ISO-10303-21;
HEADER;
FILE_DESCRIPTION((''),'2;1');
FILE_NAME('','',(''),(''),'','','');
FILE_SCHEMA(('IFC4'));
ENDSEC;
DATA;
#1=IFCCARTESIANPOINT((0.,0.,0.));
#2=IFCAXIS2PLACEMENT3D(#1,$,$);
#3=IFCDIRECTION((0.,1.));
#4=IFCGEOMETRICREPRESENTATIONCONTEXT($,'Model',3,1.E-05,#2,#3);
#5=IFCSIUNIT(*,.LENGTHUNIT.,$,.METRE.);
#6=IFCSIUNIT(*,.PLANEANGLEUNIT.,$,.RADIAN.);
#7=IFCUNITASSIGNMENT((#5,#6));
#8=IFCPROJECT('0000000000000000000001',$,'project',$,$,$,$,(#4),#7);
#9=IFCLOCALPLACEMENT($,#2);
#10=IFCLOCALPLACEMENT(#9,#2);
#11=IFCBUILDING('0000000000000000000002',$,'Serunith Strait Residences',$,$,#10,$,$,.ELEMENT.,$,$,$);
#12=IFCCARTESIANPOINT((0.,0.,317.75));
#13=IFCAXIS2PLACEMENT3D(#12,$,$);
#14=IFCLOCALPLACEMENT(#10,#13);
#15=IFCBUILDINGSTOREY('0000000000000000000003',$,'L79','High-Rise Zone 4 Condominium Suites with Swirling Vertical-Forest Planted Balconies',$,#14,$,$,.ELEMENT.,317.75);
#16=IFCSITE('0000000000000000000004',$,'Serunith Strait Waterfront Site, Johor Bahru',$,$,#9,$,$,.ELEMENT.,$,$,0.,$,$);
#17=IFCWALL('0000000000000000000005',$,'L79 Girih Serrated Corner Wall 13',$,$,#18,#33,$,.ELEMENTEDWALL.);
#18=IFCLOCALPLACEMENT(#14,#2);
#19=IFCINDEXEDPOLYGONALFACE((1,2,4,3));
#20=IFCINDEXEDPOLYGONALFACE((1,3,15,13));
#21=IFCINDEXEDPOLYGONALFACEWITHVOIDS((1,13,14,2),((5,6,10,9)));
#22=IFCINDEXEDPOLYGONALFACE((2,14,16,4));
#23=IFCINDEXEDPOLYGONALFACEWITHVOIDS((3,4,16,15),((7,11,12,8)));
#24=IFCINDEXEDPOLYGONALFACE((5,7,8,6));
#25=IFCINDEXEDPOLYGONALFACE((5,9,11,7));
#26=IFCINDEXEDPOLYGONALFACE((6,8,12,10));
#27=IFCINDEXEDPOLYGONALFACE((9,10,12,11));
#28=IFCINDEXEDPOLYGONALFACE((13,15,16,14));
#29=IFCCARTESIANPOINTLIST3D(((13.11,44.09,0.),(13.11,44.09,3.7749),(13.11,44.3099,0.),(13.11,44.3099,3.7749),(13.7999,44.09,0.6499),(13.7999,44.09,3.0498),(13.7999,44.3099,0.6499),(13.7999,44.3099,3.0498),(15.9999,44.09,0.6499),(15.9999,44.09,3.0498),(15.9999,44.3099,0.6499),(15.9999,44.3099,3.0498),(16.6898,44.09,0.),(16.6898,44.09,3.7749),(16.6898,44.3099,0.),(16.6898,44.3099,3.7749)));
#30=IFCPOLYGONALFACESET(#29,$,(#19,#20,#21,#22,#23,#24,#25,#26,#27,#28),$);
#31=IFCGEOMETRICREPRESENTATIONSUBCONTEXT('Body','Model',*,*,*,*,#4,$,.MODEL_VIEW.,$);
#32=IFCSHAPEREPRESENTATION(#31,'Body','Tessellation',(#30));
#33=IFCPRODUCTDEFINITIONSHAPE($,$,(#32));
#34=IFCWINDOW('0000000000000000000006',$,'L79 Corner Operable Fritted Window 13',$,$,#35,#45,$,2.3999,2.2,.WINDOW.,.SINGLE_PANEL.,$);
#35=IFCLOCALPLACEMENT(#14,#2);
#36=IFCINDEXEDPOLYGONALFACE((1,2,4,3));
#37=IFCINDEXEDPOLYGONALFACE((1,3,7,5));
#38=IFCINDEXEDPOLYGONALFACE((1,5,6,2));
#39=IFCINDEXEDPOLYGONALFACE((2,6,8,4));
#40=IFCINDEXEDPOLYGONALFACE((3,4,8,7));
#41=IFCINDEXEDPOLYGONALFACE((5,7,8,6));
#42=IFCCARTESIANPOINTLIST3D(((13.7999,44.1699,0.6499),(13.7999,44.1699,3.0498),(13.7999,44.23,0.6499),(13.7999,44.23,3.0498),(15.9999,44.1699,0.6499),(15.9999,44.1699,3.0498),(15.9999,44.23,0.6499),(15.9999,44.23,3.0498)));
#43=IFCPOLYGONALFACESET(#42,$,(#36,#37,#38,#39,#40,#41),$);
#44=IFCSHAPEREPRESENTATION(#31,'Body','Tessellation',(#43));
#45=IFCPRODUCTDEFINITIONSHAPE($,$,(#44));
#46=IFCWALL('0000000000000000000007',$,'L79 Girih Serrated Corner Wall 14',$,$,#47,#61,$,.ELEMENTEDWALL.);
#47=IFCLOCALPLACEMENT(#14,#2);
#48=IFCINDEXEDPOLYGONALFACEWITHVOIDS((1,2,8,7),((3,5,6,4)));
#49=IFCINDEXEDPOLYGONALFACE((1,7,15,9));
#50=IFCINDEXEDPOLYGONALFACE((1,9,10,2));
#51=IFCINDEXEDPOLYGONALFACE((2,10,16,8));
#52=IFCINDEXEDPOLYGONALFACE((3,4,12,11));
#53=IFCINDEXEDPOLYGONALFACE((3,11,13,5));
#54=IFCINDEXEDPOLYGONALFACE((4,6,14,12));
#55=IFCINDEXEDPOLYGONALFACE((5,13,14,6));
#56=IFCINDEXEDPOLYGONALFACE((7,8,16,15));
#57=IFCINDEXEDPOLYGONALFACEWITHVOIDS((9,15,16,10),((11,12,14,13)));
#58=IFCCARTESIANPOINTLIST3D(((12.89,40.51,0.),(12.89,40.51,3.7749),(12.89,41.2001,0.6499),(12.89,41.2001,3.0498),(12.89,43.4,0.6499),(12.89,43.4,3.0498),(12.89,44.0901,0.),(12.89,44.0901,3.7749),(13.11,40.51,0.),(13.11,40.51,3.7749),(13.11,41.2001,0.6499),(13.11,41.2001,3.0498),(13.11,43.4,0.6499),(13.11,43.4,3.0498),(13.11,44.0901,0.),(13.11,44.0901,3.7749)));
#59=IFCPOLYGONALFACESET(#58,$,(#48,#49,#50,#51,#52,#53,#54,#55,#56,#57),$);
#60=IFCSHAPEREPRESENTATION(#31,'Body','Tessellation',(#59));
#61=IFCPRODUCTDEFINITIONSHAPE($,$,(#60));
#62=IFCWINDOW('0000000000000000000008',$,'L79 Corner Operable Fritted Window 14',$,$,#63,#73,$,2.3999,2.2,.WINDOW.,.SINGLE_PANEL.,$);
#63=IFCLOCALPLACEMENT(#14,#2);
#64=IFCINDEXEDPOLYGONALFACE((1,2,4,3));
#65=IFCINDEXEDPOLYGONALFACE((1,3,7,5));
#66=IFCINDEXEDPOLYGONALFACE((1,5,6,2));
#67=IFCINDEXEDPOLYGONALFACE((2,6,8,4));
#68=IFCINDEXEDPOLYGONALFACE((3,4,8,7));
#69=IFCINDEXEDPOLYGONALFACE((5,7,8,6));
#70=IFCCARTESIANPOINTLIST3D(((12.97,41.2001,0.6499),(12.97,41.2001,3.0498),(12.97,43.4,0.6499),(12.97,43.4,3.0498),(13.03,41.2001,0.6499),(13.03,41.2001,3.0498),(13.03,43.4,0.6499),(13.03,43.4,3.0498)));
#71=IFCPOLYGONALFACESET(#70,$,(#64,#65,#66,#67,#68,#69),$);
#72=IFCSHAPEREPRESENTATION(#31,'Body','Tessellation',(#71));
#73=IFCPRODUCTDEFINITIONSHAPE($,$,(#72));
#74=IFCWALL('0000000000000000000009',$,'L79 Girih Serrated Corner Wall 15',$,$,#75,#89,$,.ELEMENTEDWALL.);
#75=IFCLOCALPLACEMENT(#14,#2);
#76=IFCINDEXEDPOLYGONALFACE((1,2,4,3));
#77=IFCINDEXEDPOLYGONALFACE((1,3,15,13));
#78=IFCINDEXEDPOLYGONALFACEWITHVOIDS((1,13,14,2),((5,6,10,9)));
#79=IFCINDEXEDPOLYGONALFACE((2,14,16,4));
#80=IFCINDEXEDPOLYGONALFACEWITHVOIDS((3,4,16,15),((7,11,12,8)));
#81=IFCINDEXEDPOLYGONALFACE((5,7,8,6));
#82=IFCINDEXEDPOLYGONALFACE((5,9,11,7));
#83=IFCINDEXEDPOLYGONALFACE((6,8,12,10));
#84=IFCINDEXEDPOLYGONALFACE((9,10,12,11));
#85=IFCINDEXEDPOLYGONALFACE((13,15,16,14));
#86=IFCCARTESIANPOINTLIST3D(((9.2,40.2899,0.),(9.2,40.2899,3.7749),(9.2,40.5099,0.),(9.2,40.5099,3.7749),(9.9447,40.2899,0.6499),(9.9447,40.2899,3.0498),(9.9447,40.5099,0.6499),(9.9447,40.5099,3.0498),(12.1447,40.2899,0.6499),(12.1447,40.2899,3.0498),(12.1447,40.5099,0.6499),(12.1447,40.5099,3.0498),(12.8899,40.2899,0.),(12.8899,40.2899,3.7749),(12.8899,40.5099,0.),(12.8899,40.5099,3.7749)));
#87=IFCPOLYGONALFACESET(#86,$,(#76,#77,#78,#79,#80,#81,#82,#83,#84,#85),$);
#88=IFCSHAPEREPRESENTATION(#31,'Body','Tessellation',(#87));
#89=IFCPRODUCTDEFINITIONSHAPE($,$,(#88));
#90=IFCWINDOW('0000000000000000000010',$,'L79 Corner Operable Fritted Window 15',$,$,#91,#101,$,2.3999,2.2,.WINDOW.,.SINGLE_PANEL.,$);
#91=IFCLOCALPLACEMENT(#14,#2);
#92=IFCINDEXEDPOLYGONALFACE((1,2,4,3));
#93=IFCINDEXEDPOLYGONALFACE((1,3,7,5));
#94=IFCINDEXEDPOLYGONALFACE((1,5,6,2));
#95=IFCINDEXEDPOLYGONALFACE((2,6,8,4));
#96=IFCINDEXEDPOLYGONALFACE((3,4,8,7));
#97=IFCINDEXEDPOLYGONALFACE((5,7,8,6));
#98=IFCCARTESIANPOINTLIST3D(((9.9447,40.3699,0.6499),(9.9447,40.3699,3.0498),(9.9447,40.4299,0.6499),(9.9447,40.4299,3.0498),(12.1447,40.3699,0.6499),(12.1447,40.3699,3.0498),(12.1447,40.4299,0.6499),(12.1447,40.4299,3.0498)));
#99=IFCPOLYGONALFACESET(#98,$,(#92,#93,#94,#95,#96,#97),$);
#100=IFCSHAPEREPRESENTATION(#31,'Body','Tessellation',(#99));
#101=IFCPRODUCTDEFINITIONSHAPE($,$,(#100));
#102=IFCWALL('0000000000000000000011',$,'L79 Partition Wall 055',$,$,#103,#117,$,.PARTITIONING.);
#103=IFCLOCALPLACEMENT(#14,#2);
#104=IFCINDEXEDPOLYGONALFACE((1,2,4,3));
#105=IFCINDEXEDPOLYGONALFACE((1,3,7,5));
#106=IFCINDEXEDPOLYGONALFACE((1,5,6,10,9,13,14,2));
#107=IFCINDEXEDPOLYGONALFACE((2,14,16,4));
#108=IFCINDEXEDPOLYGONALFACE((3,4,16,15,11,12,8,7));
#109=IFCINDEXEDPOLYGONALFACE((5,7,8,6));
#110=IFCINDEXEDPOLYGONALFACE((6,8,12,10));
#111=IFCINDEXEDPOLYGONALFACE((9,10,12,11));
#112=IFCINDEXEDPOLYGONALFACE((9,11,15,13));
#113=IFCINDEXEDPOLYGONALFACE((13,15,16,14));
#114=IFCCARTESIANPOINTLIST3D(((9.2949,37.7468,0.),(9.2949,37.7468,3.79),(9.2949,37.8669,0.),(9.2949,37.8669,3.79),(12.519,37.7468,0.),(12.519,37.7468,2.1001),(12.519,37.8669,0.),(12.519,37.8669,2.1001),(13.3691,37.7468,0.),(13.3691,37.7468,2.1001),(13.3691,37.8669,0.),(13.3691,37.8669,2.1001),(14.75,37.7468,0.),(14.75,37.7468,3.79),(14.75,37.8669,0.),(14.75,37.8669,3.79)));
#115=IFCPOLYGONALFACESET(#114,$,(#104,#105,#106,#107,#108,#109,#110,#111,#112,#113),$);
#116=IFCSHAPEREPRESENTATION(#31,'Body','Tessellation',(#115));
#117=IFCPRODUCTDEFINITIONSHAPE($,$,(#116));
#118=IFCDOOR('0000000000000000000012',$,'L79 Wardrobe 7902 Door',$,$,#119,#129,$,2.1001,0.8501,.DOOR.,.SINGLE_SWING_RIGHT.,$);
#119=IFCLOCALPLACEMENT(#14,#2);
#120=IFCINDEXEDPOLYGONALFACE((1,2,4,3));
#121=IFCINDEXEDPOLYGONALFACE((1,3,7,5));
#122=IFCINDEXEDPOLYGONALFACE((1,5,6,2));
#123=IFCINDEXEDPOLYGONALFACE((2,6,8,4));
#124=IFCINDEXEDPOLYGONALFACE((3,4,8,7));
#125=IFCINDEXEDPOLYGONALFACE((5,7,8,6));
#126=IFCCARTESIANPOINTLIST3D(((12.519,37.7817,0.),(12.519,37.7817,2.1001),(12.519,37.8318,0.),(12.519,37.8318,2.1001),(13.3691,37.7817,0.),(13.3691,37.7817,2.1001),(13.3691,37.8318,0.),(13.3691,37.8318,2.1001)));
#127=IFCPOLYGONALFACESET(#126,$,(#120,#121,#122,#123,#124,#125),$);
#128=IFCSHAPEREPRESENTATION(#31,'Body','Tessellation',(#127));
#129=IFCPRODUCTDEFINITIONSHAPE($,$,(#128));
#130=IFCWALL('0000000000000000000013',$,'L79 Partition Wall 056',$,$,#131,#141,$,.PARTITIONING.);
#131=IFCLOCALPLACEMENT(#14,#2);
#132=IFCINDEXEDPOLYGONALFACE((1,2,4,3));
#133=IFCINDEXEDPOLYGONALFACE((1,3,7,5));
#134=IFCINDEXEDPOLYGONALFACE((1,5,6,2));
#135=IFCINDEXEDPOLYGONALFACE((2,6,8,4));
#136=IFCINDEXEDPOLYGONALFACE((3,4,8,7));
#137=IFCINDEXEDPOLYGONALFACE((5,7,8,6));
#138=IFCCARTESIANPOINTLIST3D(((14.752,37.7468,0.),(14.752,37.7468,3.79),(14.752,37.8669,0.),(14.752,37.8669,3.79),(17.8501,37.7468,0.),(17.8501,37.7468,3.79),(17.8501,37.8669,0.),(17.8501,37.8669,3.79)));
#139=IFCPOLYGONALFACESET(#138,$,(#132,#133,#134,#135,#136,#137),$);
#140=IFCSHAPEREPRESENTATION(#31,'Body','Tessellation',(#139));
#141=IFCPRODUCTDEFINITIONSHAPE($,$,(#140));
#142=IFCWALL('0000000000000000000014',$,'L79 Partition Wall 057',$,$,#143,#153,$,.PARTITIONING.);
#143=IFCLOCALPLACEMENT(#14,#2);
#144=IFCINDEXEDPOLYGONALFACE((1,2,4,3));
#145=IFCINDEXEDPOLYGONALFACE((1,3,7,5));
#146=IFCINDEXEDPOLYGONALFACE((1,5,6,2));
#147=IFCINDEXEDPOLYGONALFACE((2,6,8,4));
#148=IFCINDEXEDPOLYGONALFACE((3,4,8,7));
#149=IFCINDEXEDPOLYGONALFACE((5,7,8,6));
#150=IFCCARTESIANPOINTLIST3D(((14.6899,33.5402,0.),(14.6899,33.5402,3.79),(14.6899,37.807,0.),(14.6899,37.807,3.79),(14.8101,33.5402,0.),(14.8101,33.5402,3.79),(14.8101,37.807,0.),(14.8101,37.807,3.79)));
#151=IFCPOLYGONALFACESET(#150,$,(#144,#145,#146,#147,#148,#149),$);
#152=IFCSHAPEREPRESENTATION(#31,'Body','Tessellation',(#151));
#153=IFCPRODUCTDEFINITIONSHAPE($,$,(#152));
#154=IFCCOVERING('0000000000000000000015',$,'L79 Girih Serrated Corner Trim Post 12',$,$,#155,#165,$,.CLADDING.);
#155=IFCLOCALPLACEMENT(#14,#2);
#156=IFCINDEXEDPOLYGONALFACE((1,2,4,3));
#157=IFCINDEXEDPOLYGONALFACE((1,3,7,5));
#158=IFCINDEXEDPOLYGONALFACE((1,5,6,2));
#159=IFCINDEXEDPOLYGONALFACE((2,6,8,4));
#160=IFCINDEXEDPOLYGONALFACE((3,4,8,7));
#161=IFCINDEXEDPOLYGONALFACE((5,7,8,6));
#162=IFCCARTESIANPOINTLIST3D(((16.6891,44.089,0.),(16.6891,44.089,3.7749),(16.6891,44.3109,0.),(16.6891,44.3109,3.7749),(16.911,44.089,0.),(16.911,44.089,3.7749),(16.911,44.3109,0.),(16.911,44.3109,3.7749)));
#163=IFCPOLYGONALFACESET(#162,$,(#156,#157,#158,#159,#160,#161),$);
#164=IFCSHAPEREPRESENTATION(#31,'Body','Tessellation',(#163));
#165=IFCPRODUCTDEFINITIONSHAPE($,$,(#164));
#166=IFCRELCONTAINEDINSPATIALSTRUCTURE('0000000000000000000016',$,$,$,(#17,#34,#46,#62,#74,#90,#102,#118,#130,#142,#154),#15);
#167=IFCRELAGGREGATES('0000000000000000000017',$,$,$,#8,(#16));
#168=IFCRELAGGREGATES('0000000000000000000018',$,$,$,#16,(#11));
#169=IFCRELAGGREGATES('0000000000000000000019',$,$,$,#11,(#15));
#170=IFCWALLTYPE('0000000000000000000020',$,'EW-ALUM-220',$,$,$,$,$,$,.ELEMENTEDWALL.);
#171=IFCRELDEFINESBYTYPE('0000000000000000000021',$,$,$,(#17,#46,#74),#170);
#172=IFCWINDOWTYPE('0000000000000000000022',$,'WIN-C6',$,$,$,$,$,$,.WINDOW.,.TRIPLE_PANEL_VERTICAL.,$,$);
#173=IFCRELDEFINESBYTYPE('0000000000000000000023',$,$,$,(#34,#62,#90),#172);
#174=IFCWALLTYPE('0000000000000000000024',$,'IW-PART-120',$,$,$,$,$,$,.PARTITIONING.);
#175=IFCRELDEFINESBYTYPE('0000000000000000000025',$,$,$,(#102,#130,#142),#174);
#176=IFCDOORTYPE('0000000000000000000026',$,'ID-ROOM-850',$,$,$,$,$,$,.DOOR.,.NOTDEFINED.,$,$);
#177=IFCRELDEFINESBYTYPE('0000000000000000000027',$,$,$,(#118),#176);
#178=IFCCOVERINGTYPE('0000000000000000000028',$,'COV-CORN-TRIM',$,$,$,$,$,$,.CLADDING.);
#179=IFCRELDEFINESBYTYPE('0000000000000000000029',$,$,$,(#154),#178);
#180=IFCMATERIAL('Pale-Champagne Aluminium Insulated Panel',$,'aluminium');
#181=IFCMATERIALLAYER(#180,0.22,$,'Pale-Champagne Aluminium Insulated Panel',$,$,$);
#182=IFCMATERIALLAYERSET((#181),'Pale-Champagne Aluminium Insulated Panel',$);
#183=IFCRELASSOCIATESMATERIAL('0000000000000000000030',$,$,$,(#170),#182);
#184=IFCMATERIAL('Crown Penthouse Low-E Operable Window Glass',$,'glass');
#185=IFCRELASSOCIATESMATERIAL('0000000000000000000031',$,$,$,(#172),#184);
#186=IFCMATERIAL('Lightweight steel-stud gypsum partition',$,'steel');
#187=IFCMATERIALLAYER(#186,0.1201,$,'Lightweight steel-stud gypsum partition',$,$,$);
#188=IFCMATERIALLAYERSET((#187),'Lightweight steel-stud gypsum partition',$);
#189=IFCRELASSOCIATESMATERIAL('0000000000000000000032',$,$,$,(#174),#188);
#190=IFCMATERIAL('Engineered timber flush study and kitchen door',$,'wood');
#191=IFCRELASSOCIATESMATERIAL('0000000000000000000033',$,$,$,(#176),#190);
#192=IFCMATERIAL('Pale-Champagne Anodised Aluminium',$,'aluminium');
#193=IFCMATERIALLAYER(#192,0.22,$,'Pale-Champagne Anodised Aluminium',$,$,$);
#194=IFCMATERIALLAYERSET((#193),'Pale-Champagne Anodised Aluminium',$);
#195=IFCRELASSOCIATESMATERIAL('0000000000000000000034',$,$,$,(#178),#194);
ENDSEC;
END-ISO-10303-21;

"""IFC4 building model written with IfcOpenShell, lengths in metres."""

from ifc_helpers import new_model, si_unit, direction, frame, frame_2d, origin, origin_2d, place, context, subcontext, project, spatial, rectangle, extrude, source, transform, mapped, material, layer, layer_set, type_object, element, fill, save


model = new_model("IFC4")

# Units and contexts
model_context = context("Model", 3, precision=1e-05, world=origin(), true_north=direction((0.0, 1.0)))
body_context = subcontext(model_context, "Body", "Model", "MODEL_VIEW")
ifc_project = project(units=[si_unit("LENGTHUNIT", "METRE"), si_unit("PLANEANGLEUNIT", "RADIAN")], contexts=[model_context])

# Site, building, storey
site_placement = place(None, origin())
site = spatial("IfcSite", under=ifc_project, at=site_placement, Name="Serunith Strait Waterfront Site, Johor Bahru", CompositionType="ELEMENT", RefElevation=0.0)
building_placement = place(site_placement, origin())
building = spatial("IfcBuilding", under=site, at=building_placement, Name="Serunith Strait Residences", CompositionType="ELEMENT")
storey_placement = place(building_placement, frame((0.0, 0.0, 317.75)))
storey = spatial("IfcBuildingStorey", under=building, at=storey_placement, Name="L79", Description="High-Rise Zone 4 Condominium Suites with Swirling Vertical-Forest Planted Balconies", CompositionType="ELEMENT", Elevation=317.75)

# Walls, openings, windows
ifc_material_1 = material(Name="Pale-Champagne Aluminium Insulated Panel", Category="aluminium")
ifc_layer_1 = layer(ifc_material_1, 0.22, Name="Pale-Champagne Aluminium Insulated Panel")
ifc_layer_set_1 = layer_set([ifc_layer_1], Name="Pale-Champagne Aluminium Insulated Panel")
wall_type_1 = type_object("IfcWallType", Name="EW-ALUM-220", PredefinedType="ELEMENTEDWALL", material=ifc_layer_set_1)
ifc_material_2 = material(Name="Crown Penthouse Low-E Operable Window Glass", Category="glass")
window_type = type_object("IfcWindowType", Name="WIN-C6", PartitioningType="TRIPLE_PANEL_VERTICAL", PredefinedType="WINDOW", material=ifc_material_2)
shared_shape_1 = source(origin(), body_context, "Body", "SweptSolid", [
    extrude(rectangle(XDim=2.2, YDim=2.3999, at=frame_2d((1.1001, 1.2))), frame((0.0, 0.03, 0.0), z_axis=(0.0, -1.0, 0.0), x_axis=(1.0, 0.0, 0.0)), (0.0, 0.0, 1.0), 0.0601),
])
wall_1_placement = place(storey_placement, frame((16.6899, 44.2, 0.0), z_axis=(0.0, 0.0, 1.0), x_axis=(-1.0, 0.0, 0.0)))
wall_1 = element("IfcWall", 1, at=wall_1_placement, inside=storey, type_object=wall_type_1, Name="L79 Girih Serrated Corner Wall 13", PredefinedType="ELEMENTEDWALL", context=body_context, shape_type="SweptSolid", body=[
    extrude(rectangle(XDim=3.5798, YDim=0.22, at=frame_2d((1.79, 0.0))), origin(), (0.0, 0.0, 1.0), 3.7749),
])
opening_1_placement = place(wall_1_placement, frame((0.6899, 0.0, 0.6499)))
opening_1 = element("IfcOpeningElement", 2, at=opening_1_placement, cuts=wall_1, PredefinedType="OPENING", context=body_context, shape_type="SweptSolid", body=[
    extrude(rectangle(XDim=2.2, YDim=2.3999, at=frame_2d((1.1001, 1.2))), frame((0.0, 0.1201, 0.0), z_axis=(0.0, -1.0, 0.0), x_axis=(1.0, 0.0, 0.0)), (0.0, 0.0, 1.0), 0.24),
])
window_1_placement = place(opening_1_placement, origin())
window_1 = element("IfcWindow", 3, at=window_1_placement, inside=storey, type_object=window_type, Name="L79 Corner Operable Fritted Window 13", OverallHeight=2.3999, OverallWidth=2.2, PartitioningType="SINGLE_PANEL", PredefinedType="WINDOW", context=body_context, shape_type="MappedRepresentation", body=[
    mapped(shared_shape_1, transform((0.0, 0.0, 0.0), scale=1.0)),
])
fill(opening_1, window_1)
wall_2_placement = place(storey_placement, frame((13.0, 44.0901, 0.0), z_axis=(0.0, 0.0, 1.0), x_axis=(0.0, -1.0, 0.0)))
wall_2 = element("IfcWall", 4, at=wall_2_placement, inside=storey, type_object=wall_type_1, Name="L79 Girih Serrated Corner Wall 14", PredefinedType="ELEMENTEDWALL", context=body_context, shape_type="SweptSolid", body=[
    extrude(rectangle(XDim=3.5801, YDim=0.22, at=frame_2d((1.79, 0.0))), origin(), (0.0, 0.0, 1.0), 3.7749),
])
opening_2_placement = place(wall_2_placement, frame((0.6899, 0.0, 0.6499)))
opening_2 = element("IfcOpeningElement", 5, at=opening_2_placement, cuts=wall_2, PredefinedType="OPENING", context=body_context, shape_type="SweptSolid", body=[
    extrude(rectangle(XDim=2.2, YDim=2.3999, at=frame_2d((1.1001, 1.2))), frame((0.0, 0.1201, 0.0), z_axis=(0.0, -1.0, 0.0), x_axis=(1.0, 0.0, 0.0)), (0.0, 0.0, 1.0), 0.24),
])
window_2_placement = place(opening_2_placement, origin())
window_2 = element("IfcWindow", 6, at=window_2_placement, inside=storey, type_object=window_type, Name="L79 Corner Operable Fritted Window 14", OverallHeight=2.3999, OverallWidth=2.2, PartitioningType="SINGLE_PANEL", PredefinedType="WINDOW", context=body_context, shape_type="MappedRepresentation", body=[
    mapped(shared_shape_1, transform((0.0, 0.0, 0.0), scale=1.0)),
])
fill(opening_2, window_2)
wall_3_placement = place(storey_placement, frame((12.8899, 40.3999, 0.0), z_axis=(0.0, 0.0, 1.0), x_axis=(-1.0, 0.0, 0.0)))
wall_3 = element("IfcWall", 7, at=wall_3_placement, inside=storey, type_object=wall_type_1, Name="L79 Girih Serrated Corner Wall 15", PredefinedType="ELEMENTEDWALL", context=body_context, shape_type="SweptSolid", body=[
    extrude(rectangle(XDim=3.6899, YDim=0.22, at=frame_2d((1.845, 0.0))), origin(), (0.0, 0.0, 1.0), 3.7749),
])
opening_3_placement = place(wall_3_placement, frame((0.7451, 0.0, 0.6499)))
opening_3 = element("IfcOpeningElement", 8, at=opening_3_placement, cuts=wall_3, PredefinedType="OPENING", context=body_context, shape_type="SweptSolid", body=[
    extrude(rectangle(XDim=2.2, YDim=2.3999, at=frame_2d((1.1001, 1.2))), frame((0.0, 0.1201, 0.0), z_axis=(0.0, -1.0, 0.0), x_axis=(1.0, 0.0, 0.0)), (0.0, 0.0, 1.0), 0.24),
])
window_3_placement = place(opening_3_placement, origin())
window_3 = element("IfcWindow", 9, at=window_3_placement, inside=storey, type_object=window_type, Name="L79 Corner Operable Fritted Window 15", OverallHeight=2.3999, OverallWidth=2.2, PartitioningType="SINGLE_PANEL", PredefinedType="WINDOW", context=body_context, shape_type="MappedRepresentation", body=[
    mapped(shared_shape_1, transform((0.0, 0.0, 0.0), scale=1.0)),
])
fill(opening_3, window_3)

# Wall, opening, door
ifc_material_3 = material(Name="Lightweight steel-stud gypsum partition", Category="steel")
ifc_layer_2 = layer(ifc_material_3, 0.1201, Name="Lightweight steel-stud gypsum partition")
ifc_layer_set_2 = layer_set([ifc_layer_2], Name="Lightweight steel-stud gypsum partition")
wall_type_2 = type_object("IfcWallType", Name="IW-PART-120", PredefinedType="PARTITIONING", material=ifc_layer_set_2)
wall_4_placement = place(storey_placement, frame((9.2949, 37.8069, 0.0), z_axis=(0.0, 0.0, 1.0), x_axis=(1.0, 0.0, 0.0)))
wall_4 = element("IfcWall", 10, at=wall_4_placement, inside=storey, type_object=wall_type_2, Name="L79 Partition Wall 055", PredefinedType="PARTITIONING", context=body_context, shape_type="SweptSolid", body=[
    extrude(rectangle(XDim=5.4551, YDim=0.1201, at=frame_2d((2.7275, 0.0))), origin(), (0.0, 0.0, 1.0), 3.79),
])
opening_4_placement = place(wall_4_placement, frame((3.2241, 0.0, 0.0)))
opening_4 = element("IfcOpeningElement", 11, at=opening_4_placement, cuts=wall_4, PredefinedType="OPENING", context=body_context, shape_type="SweptSolid", body=[
    extrude(rectangle(XDim=0.8501, YDim=2.1001, at=frame_2d((0.425, 1.05))), frame((0.0, 0.0701, 0.0), z_axis=(0.0, -1.0, 0.0), x_axis=(1.0, 0.0, 0.0)), (0.0, 0.0, 1.0), 0.1401),
])
ifc_material_4 = material(Name="Engineered timber flush study and kitchen door", Category="wood")
door_type = type_object("IfcDoorType", Name="ID-ROOM-850", OperationType="NOTDEFINED", PredefinedType="DOOR", material=ifc_material_4)
shared_shape_2 = source(origin(), body_context, "Body", "SweptSolid", [
    extrude(rectangle(XDim=0.8501, YDim=2.1001, at=frame_2d((0.425, 1.05))), frame((0.0, 0.0249, 0.0), z_axis=(0.0, -1.0, 0.0), x_axis=(1.0, 0.0, 0.0)), (0.0, 0.0, 1.0), 0.05),
])
door_placement = place(opening_4_placement, origin())
door = element("IfcDoor", 12, at=door_placement, inside=storey, type_object=door_type, Name="L79 Wardrobe 7902 Door", OperationType="SINGLE_SWING_RIGHT", OverallHeight=2.1001, OverallWidth=0.8501, PredefinedType="DOOR", context=body_context, shape_type="MappedRepresentation", body=[
    mapped(shared_shape_2, transform((0.0, 0.0, 0.0), scale=1.0)),
])
fill(opening_4, door)

# Walls
wall_5_placement = place(storey_placement, frame((14.752, 37.8069, 0.0), z_axis=(0.0, 0.0, 1.0), x_axis=(1.0, 0.0, 0.0)))
element("IfcWall", 13, at=wall_5_placement, inside=storey, type_object=wall_type_2, Name="L79 Partition Wall 056", PredefinedType="PARTITIONING", context=body_context, shape_type="SweptSolid", body=[
    extrude(rectangle(XDim=3.0981, YDim=0.1201, at=frame_2d((1.5491, 0.0))), origin(), (0.0, 0.0, 1.0), 3.79),
])
wall_6_placement = place(storey_placement, frame((14.75, 37.8069, 0.0), z_axis=(0.0, 0.0, 1.0), x_axis=(0.0, -1.0, 0.0)))
element("IfcWall", 14, at=wall_6_placement, inside=storey, type_object=wall_type_2, Name="L79 Partition Wall 057", PredefinedType="PARTITIONING", context=body_context, shape_type="SweptSolid", body=[
    extrude(rectangle(XDim=4.2668, YDim=0.1201, at=frame_2d((2.1333, 0.0))), origin(), (0.0, 0.0, 1.0), 3.79),
])

# Covering
ifc_material_5 = material(Name="Pale-Champagne Anodised Aluminium", Category="aluminium")
ifc_layer_3 = layer(ifc_material_5, 0.22, Name="Pale-Champagne Anodised Aluminium")
ifc_layer_set_3 = layer_set([ifc_layer_3], Name="Pale-Champagne Anodised Aluminium")
covering_type = type_object("IfcCoveringType", Name="COV-CORN-TRIM", PredefinedType="CLADDING", material=ifc_layer_set_3)
shared_shape_3 = source(origin(), body_context, "Body", "SweptSolid", [
    extrude(rectangle(XDim=0.2219, YDim=0.2219, at=origin_2d()), origin(), (0.0, 0.0, 1.0), 3.7749),
])
for number, where, z_axis, x_axis, name in (
    (15, (16.8, 44.2, 0.0), (0.0, 0.0, 1.0), (1.0, 0.0, 0.0), "L79 Girih Serrated Corner Trim Post 12"),
):
    element("IfcCovering", number, at=place(storey_placement, frame(where, z_axis=z_axis, x_axis=x_axis)), inside=storey, type_object=covering_type, Name=name, PredefinedType="CLADDING", context=body_context, shape_type="MappedRepresentation", body=[
        mapped(shared_shape_3, transform((0.0, 0.0, 0.0), scale=1.0)),
    ])

save(model, "model.ifc")
